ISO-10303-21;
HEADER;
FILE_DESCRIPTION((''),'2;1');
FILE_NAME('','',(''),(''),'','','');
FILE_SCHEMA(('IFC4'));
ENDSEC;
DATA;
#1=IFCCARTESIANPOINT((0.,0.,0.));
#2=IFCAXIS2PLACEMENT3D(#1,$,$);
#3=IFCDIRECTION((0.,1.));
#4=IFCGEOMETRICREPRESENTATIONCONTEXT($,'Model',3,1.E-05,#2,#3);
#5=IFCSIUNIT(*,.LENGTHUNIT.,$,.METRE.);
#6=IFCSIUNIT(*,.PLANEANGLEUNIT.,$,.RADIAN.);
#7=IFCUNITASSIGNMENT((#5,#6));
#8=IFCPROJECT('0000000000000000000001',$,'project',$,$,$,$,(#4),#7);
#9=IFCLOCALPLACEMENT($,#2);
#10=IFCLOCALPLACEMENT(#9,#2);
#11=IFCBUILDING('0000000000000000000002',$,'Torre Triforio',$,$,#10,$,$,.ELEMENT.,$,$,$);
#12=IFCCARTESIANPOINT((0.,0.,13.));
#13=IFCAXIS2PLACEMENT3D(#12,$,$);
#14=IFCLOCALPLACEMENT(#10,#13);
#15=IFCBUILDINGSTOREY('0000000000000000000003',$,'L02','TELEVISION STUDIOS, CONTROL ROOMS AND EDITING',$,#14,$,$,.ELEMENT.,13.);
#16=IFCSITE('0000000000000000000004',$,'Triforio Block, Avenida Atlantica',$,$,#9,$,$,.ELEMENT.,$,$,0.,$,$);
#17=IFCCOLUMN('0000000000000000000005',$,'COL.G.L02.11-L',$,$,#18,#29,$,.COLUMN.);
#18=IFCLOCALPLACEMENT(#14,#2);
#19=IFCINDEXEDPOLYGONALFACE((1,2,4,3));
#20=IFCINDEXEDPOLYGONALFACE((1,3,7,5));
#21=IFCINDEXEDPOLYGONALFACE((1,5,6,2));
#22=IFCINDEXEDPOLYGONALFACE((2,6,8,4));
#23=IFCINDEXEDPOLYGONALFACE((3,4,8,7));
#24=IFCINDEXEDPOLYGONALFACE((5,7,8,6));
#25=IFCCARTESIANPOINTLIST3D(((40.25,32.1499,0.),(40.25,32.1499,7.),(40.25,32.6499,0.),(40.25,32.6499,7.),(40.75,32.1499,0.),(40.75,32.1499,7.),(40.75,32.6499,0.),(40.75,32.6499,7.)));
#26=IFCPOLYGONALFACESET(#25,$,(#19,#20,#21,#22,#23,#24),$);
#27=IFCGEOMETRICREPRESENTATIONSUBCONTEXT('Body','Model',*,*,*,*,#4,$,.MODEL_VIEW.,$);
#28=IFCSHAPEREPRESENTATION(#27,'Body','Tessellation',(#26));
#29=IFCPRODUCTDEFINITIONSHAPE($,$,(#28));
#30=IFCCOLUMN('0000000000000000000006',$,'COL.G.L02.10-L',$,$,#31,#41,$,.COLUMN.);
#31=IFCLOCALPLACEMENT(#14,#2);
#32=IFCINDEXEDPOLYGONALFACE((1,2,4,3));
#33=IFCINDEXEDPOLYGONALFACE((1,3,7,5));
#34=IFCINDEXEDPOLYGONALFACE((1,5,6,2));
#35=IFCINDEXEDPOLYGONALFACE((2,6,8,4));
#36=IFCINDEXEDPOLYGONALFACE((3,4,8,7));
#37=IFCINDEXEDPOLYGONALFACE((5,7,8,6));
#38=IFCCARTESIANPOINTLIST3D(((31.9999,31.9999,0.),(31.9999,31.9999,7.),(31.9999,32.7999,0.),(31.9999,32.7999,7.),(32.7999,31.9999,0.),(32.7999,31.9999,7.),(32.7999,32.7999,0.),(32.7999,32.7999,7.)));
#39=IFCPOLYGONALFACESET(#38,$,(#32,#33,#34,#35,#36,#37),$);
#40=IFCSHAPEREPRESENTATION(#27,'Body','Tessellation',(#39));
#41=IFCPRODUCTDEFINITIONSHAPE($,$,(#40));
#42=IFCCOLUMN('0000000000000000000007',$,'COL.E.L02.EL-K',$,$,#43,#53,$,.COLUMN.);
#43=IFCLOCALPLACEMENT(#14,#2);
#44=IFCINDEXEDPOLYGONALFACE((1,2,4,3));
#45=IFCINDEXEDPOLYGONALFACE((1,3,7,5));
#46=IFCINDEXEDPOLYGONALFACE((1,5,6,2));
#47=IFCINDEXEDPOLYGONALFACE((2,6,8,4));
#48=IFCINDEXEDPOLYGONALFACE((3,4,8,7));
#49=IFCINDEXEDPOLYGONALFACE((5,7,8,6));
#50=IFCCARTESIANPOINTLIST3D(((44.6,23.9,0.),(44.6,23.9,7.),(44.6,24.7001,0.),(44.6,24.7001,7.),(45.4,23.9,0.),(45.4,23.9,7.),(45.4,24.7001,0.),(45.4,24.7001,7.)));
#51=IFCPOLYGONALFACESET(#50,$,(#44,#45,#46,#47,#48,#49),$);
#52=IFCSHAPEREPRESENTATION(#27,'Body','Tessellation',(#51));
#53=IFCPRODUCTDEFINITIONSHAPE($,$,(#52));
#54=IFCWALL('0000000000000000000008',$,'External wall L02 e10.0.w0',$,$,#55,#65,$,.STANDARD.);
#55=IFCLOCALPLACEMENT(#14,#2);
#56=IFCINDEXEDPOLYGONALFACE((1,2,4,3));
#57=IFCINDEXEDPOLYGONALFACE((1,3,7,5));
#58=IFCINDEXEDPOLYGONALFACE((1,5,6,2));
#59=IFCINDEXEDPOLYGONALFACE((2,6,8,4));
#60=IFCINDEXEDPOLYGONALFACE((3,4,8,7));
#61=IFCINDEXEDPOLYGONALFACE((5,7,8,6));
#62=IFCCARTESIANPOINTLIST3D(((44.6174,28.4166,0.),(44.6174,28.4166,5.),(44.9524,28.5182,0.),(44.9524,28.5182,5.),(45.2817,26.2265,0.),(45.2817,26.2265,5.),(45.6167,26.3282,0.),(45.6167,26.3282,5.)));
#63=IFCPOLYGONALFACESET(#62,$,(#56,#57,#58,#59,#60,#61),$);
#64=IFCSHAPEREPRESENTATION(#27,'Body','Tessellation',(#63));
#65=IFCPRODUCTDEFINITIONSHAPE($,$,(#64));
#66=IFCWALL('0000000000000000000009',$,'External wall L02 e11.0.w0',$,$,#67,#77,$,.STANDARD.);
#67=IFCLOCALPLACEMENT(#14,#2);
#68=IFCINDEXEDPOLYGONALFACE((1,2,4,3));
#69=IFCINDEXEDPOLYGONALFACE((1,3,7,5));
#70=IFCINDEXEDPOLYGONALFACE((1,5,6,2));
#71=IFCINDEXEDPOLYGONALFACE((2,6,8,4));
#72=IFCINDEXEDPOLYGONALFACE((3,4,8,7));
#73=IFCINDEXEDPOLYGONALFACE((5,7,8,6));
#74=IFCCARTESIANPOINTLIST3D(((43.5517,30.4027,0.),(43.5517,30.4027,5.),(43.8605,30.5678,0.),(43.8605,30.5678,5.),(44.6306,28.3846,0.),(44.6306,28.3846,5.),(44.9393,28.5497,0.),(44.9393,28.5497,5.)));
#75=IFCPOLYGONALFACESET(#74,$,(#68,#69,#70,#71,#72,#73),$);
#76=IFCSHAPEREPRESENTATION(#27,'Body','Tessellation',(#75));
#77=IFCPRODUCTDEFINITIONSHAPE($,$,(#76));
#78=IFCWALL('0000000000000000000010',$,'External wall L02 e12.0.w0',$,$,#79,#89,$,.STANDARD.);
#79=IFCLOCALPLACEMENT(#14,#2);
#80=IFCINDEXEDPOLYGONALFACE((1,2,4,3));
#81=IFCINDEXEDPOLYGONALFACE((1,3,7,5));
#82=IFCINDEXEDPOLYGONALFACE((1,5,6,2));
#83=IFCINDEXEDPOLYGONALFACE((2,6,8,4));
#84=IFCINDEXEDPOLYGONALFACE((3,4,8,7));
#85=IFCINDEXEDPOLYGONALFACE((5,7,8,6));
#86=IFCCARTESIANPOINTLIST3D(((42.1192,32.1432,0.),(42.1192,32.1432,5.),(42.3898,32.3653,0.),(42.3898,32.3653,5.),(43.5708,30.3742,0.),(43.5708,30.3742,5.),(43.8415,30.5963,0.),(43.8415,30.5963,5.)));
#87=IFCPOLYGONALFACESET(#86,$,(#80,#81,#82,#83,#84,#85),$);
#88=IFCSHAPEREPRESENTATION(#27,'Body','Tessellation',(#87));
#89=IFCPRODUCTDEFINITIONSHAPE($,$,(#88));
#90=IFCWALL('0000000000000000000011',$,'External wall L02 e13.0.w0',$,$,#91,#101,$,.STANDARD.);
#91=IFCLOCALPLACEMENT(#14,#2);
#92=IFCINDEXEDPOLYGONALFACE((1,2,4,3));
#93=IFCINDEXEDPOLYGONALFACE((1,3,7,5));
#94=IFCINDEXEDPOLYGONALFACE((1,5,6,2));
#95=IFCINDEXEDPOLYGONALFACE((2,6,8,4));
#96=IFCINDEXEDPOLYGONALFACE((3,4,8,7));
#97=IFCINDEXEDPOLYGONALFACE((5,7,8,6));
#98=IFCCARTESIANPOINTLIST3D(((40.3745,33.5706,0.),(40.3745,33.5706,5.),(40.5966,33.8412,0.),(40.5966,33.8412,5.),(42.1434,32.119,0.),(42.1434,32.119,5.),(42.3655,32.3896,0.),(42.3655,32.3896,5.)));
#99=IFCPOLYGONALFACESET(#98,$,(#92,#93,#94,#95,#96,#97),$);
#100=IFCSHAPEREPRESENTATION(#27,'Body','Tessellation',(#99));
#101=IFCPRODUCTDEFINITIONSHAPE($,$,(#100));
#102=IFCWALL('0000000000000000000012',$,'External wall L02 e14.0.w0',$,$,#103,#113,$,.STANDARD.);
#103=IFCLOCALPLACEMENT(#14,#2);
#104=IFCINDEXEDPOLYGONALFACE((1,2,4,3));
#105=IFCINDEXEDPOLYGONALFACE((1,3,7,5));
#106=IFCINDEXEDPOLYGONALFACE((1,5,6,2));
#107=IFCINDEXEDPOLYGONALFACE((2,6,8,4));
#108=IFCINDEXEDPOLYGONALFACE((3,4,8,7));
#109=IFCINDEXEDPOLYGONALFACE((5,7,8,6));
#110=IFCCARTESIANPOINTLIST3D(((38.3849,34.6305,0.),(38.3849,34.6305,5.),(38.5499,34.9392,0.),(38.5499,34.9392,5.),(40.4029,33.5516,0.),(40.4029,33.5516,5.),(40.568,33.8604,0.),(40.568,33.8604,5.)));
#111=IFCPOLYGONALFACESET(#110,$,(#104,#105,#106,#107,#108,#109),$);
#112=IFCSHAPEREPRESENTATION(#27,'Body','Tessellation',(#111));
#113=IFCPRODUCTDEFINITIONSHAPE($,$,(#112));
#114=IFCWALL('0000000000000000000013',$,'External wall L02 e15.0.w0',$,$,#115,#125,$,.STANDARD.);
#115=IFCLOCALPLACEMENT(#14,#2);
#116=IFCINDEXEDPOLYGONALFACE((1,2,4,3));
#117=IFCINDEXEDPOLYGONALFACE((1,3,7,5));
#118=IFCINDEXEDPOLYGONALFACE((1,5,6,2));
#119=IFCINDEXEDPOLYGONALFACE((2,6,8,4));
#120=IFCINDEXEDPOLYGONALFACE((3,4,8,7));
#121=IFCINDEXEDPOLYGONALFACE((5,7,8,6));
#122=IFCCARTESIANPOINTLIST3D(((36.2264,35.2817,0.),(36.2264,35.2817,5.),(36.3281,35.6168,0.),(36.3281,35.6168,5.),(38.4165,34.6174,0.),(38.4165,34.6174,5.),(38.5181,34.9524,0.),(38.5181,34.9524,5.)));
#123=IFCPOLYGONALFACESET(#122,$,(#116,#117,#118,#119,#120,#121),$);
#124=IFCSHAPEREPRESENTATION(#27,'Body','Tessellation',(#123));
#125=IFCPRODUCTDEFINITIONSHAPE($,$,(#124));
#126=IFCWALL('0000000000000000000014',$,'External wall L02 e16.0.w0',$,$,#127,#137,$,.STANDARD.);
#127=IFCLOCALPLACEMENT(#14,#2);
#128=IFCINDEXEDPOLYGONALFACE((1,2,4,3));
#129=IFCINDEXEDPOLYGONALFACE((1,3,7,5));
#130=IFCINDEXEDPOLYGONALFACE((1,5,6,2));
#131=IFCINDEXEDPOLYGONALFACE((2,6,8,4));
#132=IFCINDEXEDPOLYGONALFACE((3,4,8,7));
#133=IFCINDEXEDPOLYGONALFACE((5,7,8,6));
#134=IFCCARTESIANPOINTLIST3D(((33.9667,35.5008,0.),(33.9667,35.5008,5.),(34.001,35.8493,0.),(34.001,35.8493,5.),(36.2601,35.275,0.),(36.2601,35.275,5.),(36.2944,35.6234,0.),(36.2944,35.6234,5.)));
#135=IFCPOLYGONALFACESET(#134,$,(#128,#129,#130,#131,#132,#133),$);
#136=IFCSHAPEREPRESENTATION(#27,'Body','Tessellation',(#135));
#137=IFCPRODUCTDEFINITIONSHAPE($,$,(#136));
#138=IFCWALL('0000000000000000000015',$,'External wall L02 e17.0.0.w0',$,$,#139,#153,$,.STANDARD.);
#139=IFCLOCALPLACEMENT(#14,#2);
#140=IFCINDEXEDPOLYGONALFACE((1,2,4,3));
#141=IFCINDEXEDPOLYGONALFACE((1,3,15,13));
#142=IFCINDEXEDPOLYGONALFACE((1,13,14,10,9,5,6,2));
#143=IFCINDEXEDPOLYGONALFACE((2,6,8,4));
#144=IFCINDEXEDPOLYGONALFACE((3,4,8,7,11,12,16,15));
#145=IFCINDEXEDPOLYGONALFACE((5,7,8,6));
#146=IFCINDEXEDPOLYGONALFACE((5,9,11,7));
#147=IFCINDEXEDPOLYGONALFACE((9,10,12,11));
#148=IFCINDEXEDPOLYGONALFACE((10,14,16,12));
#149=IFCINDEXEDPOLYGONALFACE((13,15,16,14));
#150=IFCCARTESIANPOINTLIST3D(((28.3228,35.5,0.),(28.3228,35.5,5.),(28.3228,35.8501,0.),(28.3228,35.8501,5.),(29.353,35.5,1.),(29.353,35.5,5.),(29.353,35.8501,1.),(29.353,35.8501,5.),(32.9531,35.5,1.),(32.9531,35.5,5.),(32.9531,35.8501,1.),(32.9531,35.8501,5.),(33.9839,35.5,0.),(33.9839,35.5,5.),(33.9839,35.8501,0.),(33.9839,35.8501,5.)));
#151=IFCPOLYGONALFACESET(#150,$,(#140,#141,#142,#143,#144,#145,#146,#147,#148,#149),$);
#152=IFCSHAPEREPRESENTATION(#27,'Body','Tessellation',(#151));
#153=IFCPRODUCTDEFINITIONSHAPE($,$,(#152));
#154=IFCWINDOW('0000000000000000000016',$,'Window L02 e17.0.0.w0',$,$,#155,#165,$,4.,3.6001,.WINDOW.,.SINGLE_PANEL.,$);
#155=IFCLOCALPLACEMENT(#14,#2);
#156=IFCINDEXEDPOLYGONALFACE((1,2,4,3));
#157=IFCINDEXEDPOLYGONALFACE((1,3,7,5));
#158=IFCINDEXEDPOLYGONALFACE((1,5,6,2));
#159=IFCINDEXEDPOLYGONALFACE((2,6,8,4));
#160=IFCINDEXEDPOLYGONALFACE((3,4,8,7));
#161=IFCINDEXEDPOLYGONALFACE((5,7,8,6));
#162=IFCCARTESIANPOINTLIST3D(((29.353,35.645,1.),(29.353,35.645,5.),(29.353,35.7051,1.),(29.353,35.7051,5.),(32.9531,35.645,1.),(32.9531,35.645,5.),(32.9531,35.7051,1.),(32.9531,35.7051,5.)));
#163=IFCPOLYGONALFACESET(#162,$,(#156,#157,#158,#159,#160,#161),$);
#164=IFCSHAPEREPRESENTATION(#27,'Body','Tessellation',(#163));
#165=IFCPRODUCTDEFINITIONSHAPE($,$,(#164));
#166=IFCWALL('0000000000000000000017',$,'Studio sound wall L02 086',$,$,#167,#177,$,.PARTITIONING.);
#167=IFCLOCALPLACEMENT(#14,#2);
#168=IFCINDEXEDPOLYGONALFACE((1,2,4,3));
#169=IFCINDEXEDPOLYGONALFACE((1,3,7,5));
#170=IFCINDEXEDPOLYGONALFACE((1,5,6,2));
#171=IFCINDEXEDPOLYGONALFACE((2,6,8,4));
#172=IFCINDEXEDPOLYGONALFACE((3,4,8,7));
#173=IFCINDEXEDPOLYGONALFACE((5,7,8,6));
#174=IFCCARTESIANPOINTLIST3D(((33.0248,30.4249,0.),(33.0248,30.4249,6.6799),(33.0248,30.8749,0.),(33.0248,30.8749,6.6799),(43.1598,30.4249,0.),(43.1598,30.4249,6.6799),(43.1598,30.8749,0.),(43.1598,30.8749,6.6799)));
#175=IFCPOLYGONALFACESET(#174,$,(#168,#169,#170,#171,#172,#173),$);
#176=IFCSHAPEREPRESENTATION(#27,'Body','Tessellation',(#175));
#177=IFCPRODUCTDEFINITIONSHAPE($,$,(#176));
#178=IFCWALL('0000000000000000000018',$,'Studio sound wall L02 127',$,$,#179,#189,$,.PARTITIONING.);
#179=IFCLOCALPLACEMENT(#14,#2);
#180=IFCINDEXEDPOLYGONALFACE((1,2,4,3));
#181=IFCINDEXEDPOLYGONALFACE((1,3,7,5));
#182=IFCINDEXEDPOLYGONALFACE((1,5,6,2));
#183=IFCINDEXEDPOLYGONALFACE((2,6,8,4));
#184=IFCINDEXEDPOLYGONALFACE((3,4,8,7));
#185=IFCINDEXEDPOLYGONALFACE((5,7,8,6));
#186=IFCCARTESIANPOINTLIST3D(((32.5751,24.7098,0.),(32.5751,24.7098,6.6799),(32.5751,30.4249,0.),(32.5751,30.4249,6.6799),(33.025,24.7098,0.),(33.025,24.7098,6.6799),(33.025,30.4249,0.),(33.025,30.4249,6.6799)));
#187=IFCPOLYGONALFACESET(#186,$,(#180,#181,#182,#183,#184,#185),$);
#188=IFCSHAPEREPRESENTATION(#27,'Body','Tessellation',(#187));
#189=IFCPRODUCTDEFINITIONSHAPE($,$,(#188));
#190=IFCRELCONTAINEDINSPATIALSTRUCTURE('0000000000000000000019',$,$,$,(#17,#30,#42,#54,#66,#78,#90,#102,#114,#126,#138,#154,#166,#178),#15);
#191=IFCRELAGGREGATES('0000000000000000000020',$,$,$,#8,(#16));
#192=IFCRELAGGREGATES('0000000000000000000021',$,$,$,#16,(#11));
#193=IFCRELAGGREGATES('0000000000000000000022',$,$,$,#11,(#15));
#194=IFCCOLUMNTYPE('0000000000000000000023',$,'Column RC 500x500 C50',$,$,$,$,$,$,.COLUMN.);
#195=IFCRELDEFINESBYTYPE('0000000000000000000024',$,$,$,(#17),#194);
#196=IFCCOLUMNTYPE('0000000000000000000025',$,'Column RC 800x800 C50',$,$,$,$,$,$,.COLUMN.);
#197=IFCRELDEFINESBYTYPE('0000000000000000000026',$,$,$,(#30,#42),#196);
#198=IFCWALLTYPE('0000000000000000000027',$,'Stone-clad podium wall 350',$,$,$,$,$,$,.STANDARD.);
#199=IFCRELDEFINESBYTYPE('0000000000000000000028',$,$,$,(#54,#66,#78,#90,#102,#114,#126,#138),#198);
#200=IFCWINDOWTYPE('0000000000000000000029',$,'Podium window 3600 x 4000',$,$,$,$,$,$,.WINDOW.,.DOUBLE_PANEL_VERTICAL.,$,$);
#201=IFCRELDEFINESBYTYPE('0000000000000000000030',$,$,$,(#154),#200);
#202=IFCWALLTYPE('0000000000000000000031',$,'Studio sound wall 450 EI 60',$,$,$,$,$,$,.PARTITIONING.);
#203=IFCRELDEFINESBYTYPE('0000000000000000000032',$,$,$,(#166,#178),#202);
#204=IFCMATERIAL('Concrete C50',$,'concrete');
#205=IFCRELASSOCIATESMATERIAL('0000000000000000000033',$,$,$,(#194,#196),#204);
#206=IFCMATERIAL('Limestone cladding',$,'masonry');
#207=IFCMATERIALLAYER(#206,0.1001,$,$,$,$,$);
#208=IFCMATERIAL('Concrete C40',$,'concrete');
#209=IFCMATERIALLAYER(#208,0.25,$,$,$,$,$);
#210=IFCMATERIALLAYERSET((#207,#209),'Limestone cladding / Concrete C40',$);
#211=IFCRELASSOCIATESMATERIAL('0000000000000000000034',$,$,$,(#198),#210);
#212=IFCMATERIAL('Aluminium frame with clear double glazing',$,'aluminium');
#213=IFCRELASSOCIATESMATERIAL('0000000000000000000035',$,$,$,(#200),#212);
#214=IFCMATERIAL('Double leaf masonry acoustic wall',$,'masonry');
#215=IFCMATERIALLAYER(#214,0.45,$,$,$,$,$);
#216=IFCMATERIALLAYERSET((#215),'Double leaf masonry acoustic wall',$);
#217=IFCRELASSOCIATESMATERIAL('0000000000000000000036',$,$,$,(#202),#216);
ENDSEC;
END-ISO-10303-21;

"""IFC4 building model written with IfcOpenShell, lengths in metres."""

from ifc_helpers import new_model, si_unit, direction, frame, frame_2d, origin, origin_2d, place, context, subcontext, project, spatial, rectangle, extrude, material, layer, layer_set, material_profile, profile_set, type_object, element, fill, save


model = new_model("IFC4")

# Units and contexts
model_context = context("Model", 3, precision=1e-05, world=origin(), true_north=direction((0.0, 1.0)))
body_context = subcontext(model_context, "Body", "Model", "MODEL_VIEW")
ifc_project = project(units=[si_unit("LENGTHUNIT", "METRE"), si_unit("PLANEANGLEUNIT", "RADIAN")], contexts=[model_context])

# Site, building, storey
site_placement = place(None, origin())
site = spatial("IfcSite", under=ifc_project, at=site_placement, Name="Triforio Block, Avenida Atlantica", CompositionType="ELEMENT", RefElevation=0.0)
building_placement = place(site_placement, origin())
building = spatial("IfcBuilding", under=site, at=building_placement, Name="Torre Triforio", CompositionType="ELEMENT")
storey_placement = place(building_placement, frame((0.0, 0.0, 13.0)))
storey = spatial("IfcBuildingStorey", under=building, at=storey_placement, Name="L02", Description="TELEVISION STUDIOS, CONTROL ROOMS AND EDITING", CompositionType="ELEMENT", Elevation=13.0)

# Columns
ifc_material_1 = material(Name="Concrete C50", Category="concrete")
ifc_material_profile_1 = material_profile(ifc_material_1, rectangle(XDim=0.5, YDim=0.5, at=origin_2d()), Name="RC 500x500")
ifc_profile_set_1 = profile_set([ifc_material_profile_1], Name="Concrete C50")
column_type_1 = type_object("IfcColumnType", Name="Column RC 500x500 C50", PredefinedType="COLUMN", material=ifc_profile_set_1)
column_placement = place(storey_placement, frame((40.5, 32.3999, 0.0), z_axis=(0.0, 0.0, 1.0), x_axis=(1.0, 0.0, 0.0)))
element("IfcColumn", 1, at=column_placement, inside=storey, type_object=column_type_1, Name="COL.G.L02.11-L", PredefinedType="COLUMN", context=body_context, shape_type="SweptSolid", body=[
    extrude(rectangle(XDim=0.5, YDim=0.5, at=origin_2d()), origin(), (0.0, 0.0, 1.0), 7.0),
])
ifc_material_profile_2 = material_profile(ifc_material_1, rectangle(XDim=0.8, YDim=0.8, at=origin_2d()), Name="RC 800x800")
ifc_profile_set_2 = profile_set([ifc_material_profile_2], Name="Concrete C50")
column_type_2 = type_object("IfcColumnType", Name="Column RC 800x800 C50", PredefinedType="COLUMN", material=ifc_profile_set_2)
for number, where, z_axis, x_axis, name in (
    (2, (32.3999, 32.3999, 0.0), (0.0, 0.0, 1.0), (1.0, 0.0, 0.0), "COL.G.L02.10-L"),
    (3, (45.0, 24.3, 0.0), (0.0, 0.0, 1.0), (1.0, 0.0, 0.0), "COL.E.L02.EL-K"),
):
    element("IfcColumn", number, at=place(storey_placement, frame(where, z_axis=z_axis, x_axis=x_axis)), inside=storey, type_object=column_type_2, Name=name, PredefinedType="COLUMN", context=body_context, shape_type="SweptSolid", body=[
        extrude(rectangle(XDim=0.8, YDim=0.8, at=origin_2d()), origin(), (0.0, 0.0, 1.0), 7.0),
    ])

# Walls
ifc_material_2 = material(Name="Limestone cladding", Category="masonry")
ifc_layer_1 = layer(ifc_material_2, 0.1001)
ifc_material_3 = material(Name="Concrete C40", Category="concrete")
ifc_layer_2 = layer(ifc_material_3, 0.25)
ifc_layer_set_1 = layer_set([ifc_layer_1, ifc_layer_2], Name="Limestone cladding / Concrete C40")
wall_type_1 = type_object("IfcWallType", Name="Stone-clad podium wall 350", PredefinedType="STANDARD", material=ifc_layer_set_1)
wall_1_placement = place(storey_placement, frame((45.4492, 26.2773, 0.0), z_axis=(0.0, 0.0, 1.0), x_axis=(-0.290283, 0.956941, 0.0)))
element("IfcWall", 4, at=wall_1_placement, inside=storey, type_object=wall_type_1, Name="External wall L02 e10.0.w0", PredefinedType="STANDARD", context=body_context, shape_type="SweptSolid", body=[
    extrude(rectangle(XDim=2.2886, YDim=0.3501, at=frame_2d((1.1443, 0.0))), origin(), (0.0, 0.0, 1.0), 5.0),
])
for number, where, z_axis, x_axis, name in (
    (5, (44.7849, 28.4673, 0.0), (0.0, 0.0, 1.0), (-0.471457, 0.881889, 0.0), "External wall L02 e11.0.w0"),
    (6, (43.7061, 30.4854, 0.0), (0.0, 0.0, 1.0), (-0.634353, 0.773044, 0.0), "External wall L02 e12.0.w0"),
    (7, (42.2544, 32.2544, 0.0), (0.0, 0.0, 1.0), (-0.773044, 0.634353, 0.0), "External wall L02 e13.0.w0"),
    (8, (40.4854, 33.7061, 0.0), (0.0, 0.0, 1.0), (-0.881889, 0.471457, 0.0), "External wall L02 e14.0.w0"),
):
    element("IfcWall", number, at=place(storey_placement, frame(where, z_axis=z_axis, x_axis=x_axis)), inside=storey, type_object=wall_type_1, Name=name, PredefinedType="STANDARD", context=body_context, shape_type="SweptSolid", body=[
        extrude(rectangle(XDim=2.2883, YDim=0.3501, at=frame_2d((1.144, 0.0))), origin(), (0.0, 0.0, 1.0), 5.0),
    ])
wall_2_placement = place(storey_placement, frame((38.4673, 34.7849, 0.0), z_axis=(0.0, 0.0, 1.0), x_axis=(-0.956941, 0.290283, 0.0)))
element("IfcWall", 9, at=wall_2_placement, inside=storey, type_object=wall_type_1, Name="External wall L02 e15.0.w0", PredefinedType="STANDARD", context=body_context, shape_type="SweptSolid", body=[
    extrude(rectangle(XDim=2.2886, YDim=0.3501, at=frame_2d((1.1443, 0.0))), origin(), (0.0, 0.0, 1.0), 5.0),
])
wall_3_placement = place(storey_placement, frame((36.2773, 35.4492, 0.0), z_axis=(0.0, 0.0, 1.0), x_axis=(-0.995187, 0.097993, 0.0)))
element("IfcWall", 10, at=wall_3_placement, inside=storey, type_object=wall_type_1, Name="External wall L02 e16.0.w0", PredefinedType="STANDARD", context=body_context, shape_type="SweptSolid", body=[
    extrude(rectangle(XDim=2.3044, YDim=0.3501, at=frame_2d((1.1523, 0.0))), origin(), (0.0, 0.0, 1.0), 5.0),
])

# Wall, opening, window
wall_4_placement = place(storey_placement, frame((33.9839, 35.675, 0.0), z_axis=(0.0, 0.0, 1.0), x_axis=(-1.0, 0.0, 0.0)))
wall_4 = element("IfcWall", 11, at=wall_4_placement, inside=storey, type_object=wall_type_1, Name="External wall L02 e17.0.0.w0", PredefinedType="STANDARD", context=body_context, shape_type="SweptSolid", body=[
    extrude(rectangle(XDim=5.6611, YDim=0.3501, at=frame_2d((2.8306, 0.0))), origin(), (0.0, 0.0, 1.0), 5.0),
])
opening_placement = place(wall_4_placement, frame((1.0308, 0.0, 1.0)))
opening = element("IfcOpeningElement", 12, at=opening_placement, cuts=wall_4, PredefinedType="OPENING", context=body_context, shape_type="SweptSolid", body=[
    extrude(rectangle(XDim=3.6001, YDim=4.0, at=frame_2d((1.8, 2.0))), frame((0.0, 0.1851, 0.0), z_axis=(0.0, -1.0, 0.0), x_axis=(1.0, 0.0, 0.0)), (0.0, 0.0, 1.0), 0.3701),
])
ifc_material_4 = material(Name="Aluminium frame with clear double glazing", Category="aluminium")
window_type = type_object("IfcWindowType", Name="Podium window 3600 x 4000", PartitioningType="DOUBLE_PANEL_VERTICAL", PredefinedType="WINDOW", material=ifc_material_4)
window_placement = place(opening_placement, origin())
window = element("IfcWindow", 13, at=window_placement, inside=storey, type_object=window_type, Name="Window L02 e17.0.0.w0", OverallHeight=4.0, OverallWidth=3.6001, PartitioningType="SINGLE_PANEL", PredefinedType="WINDOW", context=body_context, shape_type="SweptSolid", body=[
    extrude(rectangle(XDim=3.6001, YDim=4.0, at=frame_2d((1.8, 2.0))), frame((0.0, 0.03, 0.0), z_axis=(0.0, -1.0, 0.0), x_axis=(1.0, 0.0, 0.0)), (0.0, 0.0, 1.0), 0.0601),
])
fill(opening, window)

# Walls
ifc_material_5 = material(Name="Double leaf masonry acoustic wall", Category="masonry")
ifc_layer_3 = layer(ifc_material_5, 0.45)
ifc_layer_set_2 = layer_set([ifc_layer_3], Name="Double leaf masonry acoustic wall")
wall_type_2 = type_object("IfcWallType", Name="Studio sound wall 450 EI 60", PredefinedType="PARTITIONING", material=ifc_layer_set_2)
wall_5_placement = place(storey_placement, frame((33.0249, 30.6499, 0.0), z_axis=(0.0, 0.0, 1.0), x_axis=(1.0, 0.0, 0.0)))
element("IfcWall", 14, at=wall_5_placement, inside=storey, type_object=wall_type_2, Name="Studio sound wall L02 086", PredefinedType="PARTITIONING", context=body_context, shape_type="SweptSolid", body=[
    extrude(rectangle(XDim=10.135, YDim=0.45, at=frame_2d((5.0674, 0.0))), origin(), (0.0, 0.0, 1.0), 6.6799),
])
wall_6_placement = place(storey_placement, frame((32.8, 24.71, 0.0), z_axis=(0.0, 0.0, 1.0), x_axis=(0.0, 1.0, 0.0)))
element("IfcWall", 15, at=wall_6_placement, inside=storey, type_object=wall_type_2, Name="Studio sound wall L02 127", PredefinedType="PARTITIONING", context=body_context, shape_type="SweptSolid", body=[
    extrude(rectangle(XDim=5.7151, YDim=0.45, at=frame_2d((2.8574, 0.0))), origin(), (0.0, 0.0, 1.0), 6.6799),
])

save(model, "model.ifc")
